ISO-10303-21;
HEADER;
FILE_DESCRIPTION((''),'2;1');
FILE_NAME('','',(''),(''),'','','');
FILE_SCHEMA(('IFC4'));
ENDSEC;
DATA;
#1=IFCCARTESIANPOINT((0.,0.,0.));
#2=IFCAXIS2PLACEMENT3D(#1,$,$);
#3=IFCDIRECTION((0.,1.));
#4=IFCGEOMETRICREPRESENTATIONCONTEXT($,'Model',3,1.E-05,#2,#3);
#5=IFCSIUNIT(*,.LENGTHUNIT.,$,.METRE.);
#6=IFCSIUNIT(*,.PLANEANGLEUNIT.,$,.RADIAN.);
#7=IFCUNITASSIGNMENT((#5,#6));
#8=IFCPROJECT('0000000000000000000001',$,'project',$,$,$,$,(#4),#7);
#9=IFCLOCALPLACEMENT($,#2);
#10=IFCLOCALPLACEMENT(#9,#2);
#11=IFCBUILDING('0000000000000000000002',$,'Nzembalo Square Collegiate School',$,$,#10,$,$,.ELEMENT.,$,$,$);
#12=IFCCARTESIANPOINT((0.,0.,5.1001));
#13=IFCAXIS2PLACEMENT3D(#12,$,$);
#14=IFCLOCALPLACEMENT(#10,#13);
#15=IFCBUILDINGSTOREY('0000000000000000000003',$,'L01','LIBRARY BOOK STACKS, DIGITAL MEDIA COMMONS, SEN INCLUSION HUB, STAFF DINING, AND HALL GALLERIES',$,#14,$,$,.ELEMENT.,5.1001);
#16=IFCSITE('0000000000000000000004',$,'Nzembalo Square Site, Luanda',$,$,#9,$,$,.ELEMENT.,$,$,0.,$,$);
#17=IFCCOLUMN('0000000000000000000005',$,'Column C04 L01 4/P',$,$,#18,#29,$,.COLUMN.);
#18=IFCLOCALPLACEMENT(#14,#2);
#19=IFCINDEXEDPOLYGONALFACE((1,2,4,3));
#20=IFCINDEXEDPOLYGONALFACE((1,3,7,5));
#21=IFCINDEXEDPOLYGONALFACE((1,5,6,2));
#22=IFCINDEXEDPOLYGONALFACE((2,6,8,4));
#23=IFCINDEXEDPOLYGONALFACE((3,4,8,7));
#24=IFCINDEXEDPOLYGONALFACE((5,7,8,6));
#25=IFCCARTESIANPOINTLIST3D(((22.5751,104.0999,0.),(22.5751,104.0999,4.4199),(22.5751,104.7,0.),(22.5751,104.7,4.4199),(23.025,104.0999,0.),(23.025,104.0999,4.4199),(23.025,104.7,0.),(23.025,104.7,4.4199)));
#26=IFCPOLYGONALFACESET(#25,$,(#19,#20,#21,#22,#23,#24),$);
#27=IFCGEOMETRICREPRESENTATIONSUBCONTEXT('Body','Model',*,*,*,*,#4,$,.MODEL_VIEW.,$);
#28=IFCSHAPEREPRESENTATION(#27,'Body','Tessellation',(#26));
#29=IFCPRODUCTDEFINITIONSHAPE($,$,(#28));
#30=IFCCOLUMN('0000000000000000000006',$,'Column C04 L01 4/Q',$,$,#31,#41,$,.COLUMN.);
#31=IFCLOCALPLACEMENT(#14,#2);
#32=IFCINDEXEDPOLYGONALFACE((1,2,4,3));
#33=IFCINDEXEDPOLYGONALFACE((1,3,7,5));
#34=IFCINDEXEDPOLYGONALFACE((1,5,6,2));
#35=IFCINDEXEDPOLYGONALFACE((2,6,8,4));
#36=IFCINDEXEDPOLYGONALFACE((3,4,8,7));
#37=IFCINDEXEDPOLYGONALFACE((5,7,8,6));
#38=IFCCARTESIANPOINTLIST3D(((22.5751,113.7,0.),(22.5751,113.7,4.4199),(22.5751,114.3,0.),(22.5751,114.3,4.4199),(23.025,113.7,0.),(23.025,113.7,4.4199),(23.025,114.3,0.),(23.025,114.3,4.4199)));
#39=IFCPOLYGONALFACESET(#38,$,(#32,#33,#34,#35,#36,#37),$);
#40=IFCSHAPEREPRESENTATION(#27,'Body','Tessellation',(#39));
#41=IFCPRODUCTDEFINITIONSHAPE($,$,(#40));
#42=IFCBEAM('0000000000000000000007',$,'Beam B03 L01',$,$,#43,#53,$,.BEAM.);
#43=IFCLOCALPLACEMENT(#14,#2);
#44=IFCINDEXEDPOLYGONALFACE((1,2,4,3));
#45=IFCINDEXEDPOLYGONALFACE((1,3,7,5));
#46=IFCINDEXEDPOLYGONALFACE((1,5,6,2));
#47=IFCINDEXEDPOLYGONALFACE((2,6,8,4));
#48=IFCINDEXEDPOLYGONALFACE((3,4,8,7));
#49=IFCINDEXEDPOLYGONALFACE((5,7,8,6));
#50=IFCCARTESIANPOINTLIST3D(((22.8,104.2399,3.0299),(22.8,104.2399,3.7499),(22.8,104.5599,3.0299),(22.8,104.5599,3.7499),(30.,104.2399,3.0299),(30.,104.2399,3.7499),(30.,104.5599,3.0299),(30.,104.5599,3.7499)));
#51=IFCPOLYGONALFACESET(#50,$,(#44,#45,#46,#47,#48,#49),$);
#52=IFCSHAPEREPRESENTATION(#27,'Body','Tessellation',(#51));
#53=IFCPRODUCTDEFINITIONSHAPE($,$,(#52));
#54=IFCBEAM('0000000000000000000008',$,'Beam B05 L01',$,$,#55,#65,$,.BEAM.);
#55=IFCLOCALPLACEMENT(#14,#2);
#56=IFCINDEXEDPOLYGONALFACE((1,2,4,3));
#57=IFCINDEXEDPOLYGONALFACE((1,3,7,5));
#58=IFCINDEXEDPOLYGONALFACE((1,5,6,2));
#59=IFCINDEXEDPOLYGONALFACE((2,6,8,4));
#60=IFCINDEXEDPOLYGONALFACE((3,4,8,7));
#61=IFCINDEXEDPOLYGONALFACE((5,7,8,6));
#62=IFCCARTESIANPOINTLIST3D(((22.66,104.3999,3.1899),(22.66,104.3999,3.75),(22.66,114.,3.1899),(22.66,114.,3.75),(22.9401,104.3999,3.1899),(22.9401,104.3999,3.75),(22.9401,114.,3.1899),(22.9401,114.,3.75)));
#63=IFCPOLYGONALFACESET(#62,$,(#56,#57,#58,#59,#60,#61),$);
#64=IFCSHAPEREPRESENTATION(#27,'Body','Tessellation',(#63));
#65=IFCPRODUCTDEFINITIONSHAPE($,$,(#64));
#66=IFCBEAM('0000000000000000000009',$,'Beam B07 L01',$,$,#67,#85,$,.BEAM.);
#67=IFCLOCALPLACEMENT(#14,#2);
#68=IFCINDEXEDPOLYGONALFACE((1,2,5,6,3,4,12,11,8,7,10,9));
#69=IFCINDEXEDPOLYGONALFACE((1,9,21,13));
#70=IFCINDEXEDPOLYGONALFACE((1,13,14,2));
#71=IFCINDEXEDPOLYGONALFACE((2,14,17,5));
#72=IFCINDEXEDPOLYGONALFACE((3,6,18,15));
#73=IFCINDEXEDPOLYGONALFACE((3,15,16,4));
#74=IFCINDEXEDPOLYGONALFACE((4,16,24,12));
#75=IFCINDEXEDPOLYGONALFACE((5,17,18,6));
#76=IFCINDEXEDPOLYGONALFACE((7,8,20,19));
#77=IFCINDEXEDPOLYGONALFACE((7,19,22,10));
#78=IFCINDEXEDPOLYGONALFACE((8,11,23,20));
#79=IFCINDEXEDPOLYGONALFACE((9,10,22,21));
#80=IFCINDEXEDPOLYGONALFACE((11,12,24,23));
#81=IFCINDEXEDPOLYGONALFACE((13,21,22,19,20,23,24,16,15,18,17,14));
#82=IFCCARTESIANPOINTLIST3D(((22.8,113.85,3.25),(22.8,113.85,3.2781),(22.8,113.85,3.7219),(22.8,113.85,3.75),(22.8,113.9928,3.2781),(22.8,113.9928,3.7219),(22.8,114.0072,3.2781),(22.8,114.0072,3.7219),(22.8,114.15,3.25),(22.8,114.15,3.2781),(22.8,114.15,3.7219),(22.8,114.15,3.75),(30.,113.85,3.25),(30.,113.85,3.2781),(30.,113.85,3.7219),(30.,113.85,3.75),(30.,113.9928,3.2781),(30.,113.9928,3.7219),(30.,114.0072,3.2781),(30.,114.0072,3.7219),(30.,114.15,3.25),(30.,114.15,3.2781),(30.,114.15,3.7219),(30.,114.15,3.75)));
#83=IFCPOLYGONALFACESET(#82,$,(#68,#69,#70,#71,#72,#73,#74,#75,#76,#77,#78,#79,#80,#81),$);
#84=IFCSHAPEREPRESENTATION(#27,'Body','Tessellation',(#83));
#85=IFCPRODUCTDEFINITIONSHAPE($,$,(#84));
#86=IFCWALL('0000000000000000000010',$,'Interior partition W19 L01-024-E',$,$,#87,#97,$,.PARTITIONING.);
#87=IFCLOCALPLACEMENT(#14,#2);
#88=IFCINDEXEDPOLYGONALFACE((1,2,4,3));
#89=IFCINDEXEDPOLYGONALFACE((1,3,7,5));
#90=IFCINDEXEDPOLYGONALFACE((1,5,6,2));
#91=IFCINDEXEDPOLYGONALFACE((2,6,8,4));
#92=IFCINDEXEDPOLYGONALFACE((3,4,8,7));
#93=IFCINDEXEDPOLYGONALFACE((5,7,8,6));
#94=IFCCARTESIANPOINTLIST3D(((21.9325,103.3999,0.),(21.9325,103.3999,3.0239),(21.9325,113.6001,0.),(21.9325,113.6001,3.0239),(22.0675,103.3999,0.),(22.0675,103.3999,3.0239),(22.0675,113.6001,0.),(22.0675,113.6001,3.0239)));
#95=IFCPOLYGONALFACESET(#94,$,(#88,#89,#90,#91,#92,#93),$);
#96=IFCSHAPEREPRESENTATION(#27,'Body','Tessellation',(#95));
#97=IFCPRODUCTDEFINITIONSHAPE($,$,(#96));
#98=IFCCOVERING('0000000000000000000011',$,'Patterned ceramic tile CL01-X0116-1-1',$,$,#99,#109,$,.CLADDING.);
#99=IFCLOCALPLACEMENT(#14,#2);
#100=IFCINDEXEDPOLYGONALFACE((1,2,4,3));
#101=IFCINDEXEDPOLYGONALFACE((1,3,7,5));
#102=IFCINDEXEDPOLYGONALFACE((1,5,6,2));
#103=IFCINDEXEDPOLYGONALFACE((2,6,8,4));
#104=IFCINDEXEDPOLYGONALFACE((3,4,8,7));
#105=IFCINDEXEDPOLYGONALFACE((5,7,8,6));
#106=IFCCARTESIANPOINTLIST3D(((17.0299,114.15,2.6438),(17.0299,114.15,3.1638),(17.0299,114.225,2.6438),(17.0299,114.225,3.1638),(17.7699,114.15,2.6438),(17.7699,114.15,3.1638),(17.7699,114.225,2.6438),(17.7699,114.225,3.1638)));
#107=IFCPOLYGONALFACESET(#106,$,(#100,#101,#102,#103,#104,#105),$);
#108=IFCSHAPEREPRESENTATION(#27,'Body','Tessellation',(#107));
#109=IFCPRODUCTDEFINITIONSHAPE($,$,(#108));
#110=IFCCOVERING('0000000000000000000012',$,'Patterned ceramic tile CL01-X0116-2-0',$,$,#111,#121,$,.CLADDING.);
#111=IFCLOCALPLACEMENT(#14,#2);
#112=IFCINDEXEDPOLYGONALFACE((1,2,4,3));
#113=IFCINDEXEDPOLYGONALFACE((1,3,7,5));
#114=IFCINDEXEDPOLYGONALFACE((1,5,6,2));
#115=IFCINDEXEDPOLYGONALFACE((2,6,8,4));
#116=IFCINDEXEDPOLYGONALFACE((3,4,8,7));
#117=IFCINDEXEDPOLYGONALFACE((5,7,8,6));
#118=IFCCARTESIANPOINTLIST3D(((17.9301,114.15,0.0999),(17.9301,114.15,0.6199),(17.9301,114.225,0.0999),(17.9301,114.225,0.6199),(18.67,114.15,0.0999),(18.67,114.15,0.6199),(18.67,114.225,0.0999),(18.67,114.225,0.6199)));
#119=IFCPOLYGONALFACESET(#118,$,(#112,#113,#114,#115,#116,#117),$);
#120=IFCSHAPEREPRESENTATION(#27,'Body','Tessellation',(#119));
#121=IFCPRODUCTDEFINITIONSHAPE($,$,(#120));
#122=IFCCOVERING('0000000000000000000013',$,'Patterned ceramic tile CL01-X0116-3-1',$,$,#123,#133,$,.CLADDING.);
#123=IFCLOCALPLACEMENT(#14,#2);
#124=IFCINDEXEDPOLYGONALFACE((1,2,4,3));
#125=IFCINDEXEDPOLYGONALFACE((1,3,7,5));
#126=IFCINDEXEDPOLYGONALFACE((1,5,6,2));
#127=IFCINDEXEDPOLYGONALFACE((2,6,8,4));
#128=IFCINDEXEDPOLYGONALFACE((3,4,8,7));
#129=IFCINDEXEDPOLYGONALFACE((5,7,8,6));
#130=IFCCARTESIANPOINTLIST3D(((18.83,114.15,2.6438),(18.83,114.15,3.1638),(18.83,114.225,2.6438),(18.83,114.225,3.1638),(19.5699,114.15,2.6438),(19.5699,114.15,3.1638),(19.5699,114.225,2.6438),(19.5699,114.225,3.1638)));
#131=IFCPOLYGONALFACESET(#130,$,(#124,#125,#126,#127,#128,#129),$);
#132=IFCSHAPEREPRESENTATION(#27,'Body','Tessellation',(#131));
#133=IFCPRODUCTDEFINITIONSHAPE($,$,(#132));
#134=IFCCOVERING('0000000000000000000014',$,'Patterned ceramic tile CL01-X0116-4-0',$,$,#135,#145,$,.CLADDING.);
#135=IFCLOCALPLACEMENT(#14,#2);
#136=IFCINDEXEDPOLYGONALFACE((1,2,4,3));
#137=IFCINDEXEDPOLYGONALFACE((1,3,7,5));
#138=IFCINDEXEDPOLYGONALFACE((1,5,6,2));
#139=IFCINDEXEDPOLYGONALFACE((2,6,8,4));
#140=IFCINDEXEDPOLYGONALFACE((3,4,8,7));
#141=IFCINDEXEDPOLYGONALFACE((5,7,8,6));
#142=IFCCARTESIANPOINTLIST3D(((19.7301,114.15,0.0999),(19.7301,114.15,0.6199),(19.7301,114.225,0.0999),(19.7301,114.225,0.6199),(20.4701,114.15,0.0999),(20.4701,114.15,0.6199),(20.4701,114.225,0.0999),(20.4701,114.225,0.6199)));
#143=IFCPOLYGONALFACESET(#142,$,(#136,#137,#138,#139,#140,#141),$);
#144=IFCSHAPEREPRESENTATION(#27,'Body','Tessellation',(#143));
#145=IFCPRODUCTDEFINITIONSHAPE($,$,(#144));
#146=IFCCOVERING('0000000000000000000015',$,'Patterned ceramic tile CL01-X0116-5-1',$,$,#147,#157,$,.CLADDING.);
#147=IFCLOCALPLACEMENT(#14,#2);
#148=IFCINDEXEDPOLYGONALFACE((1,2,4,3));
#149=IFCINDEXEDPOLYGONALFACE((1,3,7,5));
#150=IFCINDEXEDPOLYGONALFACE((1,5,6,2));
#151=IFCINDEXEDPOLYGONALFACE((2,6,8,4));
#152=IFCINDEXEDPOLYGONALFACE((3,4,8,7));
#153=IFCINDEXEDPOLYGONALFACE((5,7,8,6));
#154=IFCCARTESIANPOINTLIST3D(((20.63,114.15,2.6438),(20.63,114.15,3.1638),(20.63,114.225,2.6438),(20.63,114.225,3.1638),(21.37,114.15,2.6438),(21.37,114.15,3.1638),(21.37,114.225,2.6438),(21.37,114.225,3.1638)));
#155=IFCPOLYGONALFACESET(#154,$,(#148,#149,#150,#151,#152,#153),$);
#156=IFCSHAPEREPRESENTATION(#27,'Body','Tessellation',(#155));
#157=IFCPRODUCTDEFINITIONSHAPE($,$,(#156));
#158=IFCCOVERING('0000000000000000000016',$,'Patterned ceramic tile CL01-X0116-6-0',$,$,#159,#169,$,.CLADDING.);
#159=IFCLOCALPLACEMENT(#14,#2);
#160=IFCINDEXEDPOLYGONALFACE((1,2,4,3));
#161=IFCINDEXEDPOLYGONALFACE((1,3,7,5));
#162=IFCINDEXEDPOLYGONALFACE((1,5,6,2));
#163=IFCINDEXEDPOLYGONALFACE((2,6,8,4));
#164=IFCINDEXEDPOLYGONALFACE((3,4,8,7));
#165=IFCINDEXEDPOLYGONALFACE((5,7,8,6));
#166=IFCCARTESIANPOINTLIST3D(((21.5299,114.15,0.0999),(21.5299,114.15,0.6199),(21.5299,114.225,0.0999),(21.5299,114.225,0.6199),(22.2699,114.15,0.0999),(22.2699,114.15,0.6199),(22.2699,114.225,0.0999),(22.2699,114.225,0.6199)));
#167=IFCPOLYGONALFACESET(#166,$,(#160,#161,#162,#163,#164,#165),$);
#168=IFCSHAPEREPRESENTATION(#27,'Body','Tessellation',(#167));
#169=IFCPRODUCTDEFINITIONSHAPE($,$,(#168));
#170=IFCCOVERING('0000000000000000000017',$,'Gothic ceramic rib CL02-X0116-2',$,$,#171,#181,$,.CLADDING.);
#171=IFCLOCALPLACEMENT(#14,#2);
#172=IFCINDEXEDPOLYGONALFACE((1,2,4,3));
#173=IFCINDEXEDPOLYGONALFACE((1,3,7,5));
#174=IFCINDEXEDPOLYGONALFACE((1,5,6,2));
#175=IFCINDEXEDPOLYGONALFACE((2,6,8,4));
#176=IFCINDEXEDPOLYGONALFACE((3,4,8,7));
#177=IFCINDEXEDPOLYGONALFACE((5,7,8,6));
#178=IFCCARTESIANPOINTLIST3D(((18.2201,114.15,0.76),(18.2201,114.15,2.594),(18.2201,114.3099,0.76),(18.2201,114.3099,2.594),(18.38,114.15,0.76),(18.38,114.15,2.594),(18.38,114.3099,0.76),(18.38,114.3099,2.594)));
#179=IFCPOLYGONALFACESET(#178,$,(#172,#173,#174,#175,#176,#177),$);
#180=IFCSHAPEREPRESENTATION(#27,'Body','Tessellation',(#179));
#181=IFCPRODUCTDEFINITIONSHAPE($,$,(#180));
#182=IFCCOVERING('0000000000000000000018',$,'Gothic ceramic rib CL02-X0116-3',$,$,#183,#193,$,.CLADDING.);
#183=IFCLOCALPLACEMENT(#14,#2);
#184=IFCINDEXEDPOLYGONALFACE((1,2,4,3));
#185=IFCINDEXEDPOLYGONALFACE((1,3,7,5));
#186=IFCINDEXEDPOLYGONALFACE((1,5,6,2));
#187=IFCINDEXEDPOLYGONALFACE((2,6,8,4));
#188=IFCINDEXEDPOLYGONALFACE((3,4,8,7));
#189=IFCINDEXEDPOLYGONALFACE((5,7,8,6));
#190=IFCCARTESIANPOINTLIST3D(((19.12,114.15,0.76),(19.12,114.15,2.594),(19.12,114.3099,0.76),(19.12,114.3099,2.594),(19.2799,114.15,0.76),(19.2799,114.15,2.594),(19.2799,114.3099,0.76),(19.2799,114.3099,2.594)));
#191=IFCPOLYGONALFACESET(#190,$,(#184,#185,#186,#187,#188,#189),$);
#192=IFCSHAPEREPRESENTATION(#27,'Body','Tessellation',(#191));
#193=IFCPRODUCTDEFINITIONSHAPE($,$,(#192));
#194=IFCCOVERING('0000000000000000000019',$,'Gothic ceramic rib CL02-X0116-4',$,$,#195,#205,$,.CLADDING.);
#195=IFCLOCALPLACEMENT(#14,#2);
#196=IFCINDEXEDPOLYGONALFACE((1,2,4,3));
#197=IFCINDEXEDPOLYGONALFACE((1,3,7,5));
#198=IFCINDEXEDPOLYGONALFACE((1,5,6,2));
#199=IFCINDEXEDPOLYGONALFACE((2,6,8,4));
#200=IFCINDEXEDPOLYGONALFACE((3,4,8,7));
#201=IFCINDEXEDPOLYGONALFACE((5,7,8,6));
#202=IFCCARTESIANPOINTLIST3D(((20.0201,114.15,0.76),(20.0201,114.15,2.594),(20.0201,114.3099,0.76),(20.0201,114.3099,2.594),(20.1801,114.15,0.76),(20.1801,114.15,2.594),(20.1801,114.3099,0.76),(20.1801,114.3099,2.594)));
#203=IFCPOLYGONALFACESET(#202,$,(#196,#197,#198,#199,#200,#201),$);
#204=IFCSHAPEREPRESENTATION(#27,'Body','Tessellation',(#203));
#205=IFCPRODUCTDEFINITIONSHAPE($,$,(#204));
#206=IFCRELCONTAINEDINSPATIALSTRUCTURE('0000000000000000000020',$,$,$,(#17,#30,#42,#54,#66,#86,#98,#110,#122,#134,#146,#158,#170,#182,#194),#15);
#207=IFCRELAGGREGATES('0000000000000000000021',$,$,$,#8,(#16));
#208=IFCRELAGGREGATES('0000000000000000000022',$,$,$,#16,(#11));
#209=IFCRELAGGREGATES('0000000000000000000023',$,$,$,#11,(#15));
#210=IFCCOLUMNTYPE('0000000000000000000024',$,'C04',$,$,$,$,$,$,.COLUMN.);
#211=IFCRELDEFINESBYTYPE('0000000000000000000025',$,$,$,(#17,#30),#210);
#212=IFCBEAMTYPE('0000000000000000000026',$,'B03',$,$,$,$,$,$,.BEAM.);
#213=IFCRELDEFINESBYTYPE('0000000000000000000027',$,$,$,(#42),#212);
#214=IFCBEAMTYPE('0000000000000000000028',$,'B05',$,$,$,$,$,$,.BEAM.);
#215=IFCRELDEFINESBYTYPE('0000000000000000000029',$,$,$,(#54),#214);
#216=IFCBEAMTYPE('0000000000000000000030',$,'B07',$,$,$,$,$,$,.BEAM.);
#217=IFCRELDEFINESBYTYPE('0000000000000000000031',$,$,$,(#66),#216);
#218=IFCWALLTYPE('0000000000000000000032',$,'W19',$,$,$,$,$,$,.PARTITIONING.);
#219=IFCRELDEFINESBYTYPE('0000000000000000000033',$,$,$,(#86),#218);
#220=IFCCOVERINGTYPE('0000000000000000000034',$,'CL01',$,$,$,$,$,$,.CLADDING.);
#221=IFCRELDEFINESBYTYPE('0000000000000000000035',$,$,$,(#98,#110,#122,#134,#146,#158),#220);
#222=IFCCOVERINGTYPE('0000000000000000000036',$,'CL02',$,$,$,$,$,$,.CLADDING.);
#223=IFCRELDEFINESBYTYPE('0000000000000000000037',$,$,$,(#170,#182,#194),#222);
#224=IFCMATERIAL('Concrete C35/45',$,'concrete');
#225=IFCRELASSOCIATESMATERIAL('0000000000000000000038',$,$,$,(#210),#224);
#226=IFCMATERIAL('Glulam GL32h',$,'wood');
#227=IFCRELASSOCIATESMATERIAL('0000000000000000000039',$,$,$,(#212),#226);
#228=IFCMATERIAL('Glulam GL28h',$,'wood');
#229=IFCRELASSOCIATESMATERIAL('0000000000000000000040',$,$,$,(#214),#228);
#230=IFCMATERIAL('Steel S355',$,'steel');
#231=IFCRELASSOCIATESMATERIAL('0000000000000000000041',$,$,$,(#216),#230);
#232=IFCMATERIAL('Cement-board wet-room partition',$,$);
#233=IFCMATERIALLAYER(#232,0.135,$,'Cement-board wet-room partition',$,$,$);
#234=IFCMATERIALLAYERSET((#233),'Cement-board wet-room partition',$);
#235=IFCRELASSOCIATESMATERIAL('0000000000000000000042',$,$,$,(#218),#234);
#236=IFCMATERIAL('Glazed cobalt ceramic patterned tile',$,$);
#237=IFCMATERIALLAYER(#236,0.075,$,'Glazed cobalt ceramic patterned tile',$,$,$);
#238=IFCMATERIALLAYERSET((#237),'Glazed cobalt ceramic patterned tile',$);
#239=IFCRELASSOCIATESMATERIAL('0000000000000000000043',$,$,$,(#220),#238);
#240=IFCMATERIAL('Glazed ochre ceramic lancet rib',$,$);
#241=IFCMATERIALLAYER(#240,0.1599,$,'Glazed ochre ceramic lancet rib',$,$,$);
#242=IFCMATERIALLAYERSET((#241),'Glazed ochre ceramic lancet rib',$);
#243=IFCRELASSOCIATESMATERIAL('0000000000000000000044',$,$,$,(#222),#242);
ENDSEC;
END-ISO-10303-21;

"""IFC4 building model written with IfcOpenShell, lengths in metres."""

from ifc_helpers import new_model, si_unit, direction, frame, frame_2d, origin, origin_2d, place, context, subcontext, project, spatial, rectangle, i_section, extrude, material, layer, layer_set, material_profile, profile_set, type_object, element, save


model = new_model("IFC4")

# Units and contexts
model_context = context("Model", 3, precision=1e-05, world=origin(), true_north=direction((0.0, 1.0)))
body_context = subcontext(model_context, "Body", "Model", "MODEL_VIEW")
ifc_project = project(units=[si_unit("LENGTHUNIT", "METRE"), si_unit("PLANEANGLEUNIT", "RADIAN")], contexts=[model_context])

# Site, building, storey
site_placement = place(None, origin())
site = spatial("IfcSite", under=ifc_project, at=site_placement, Name="Nzembalo Square Site, Luanda", CompositionType="ELEMENT", RefElevation=0.0)
building_placement = place(site_placement, origin())
building = spatial("IfcBuilding", under=site, at=building_placement, Name="Nzembalo Square Collegiate School", CompositionType="ELEMENT")
storey_placement = place(building_placement, frame((0.0, 0.0, 5.1001)))
storey = spatial("IfcBuildingStorey", under=building, at=storey_placement, Name="L01", Description="LIBRARY BOOK STACKS, DIGITAL MEDIA COMMONS, SEN INCLUSION HUB, STAFF DINING, AND HALL GALLERIES", CompositionType="ELEMENT", Elevation=5.1001)

# Columns
ifc_material_1 = material(Name="Concrete C35/45", Category="concrete")
ifc_material_profile_1 = material_profile(ifc_material_1, rectangle(XDim=0.45, YDim=0.6001, at=origin_2d()), Name="RC 450x600")
ifc_profile_set_1 = profile_set([ifc_material_profile_1], Name="Concrete C35/45")
column_type = type_object("IfcColumnType", Name="C04", PredefinedType="COLUMN", material=ifc_profile_set_1)
for number, where, z_axis, x_axis, name in (
    (1, (22.8, 104.3999, 0.0), (0.0, 0.0, 1.0), (1.0, 0.0, 0.0), "Column C04 L01 4/P"),
    (2, (22.8, 114.0, 0.0), (0.0, 0.0, 1.0), (1.0, 0.0, 0.0), "Column C04 L01 4/Q"),
):
    element("IfcColumn", number, at=place(storey_placement, frame(where, z_axis=z_axis, x_axis=x_axis)), inside=storey, type_object=column_type, Name=name, PredefinedType="COLUMN", context=body_context, shape_type="SweptSolid", body=[
        extrude(rectangle(XDim=0.45, YDim=0.6001, at=origin_2d()), origin(), (0.0, 0.0, 1.0), 4.4199),
    ])

# Beams
ifc_material_2 = material(Name="Glulam GL32h", Category="wood")
ifc_material_profile_2 = material_profile(ifc_material_2, rectangle(XDim=0.3201, YDim=0.72, at=origin_2d()), Name="GL32h 320x720")
ifc_profile_set_2 = profile_set([ifc_material_profile_2], Name="Glulam GL32h")
beam_type_1 = type_object("IfcBeamType", Name="B03", PredefinedType="BEAM", material=ifc_profile_set_2)
beam_1_placement = place(storey_placement, frame((22.8, 104.3999, 3.3899), z_axis=(1.0, 0.0, 0.0), x_axis=(0.0, 1.0, 0.0)))
element("IfcBeam", 3, at=beam_1_placement, inside=storey, type_object=beam_type_1, Name="Beam B03 L01", PredefinedType="BEAM", context=body_context, shape_type="SweptSolid", body=[
    extrude(rectangle(XDim=0.3201, YDim=0.72, at=origin_2d()), origin(), (0.0, 0.0, 1.0), 7.2),
])
ifc_material_3 = material(Name="Glulam GL28h", Category="wood")
ifc_material_profile_3 = material_profile(ifc_material_3, rectangle(XDim=0.28, YDim=0.5601, at=origin_2d()), Name="GL28h 280x560")
ifc_profile_set_3 = profile_set([ifc_material_profile_3], Name="Glulam GL28h")
beam_type_2 = type_object("IfcBeamType", Name="B05", PredefinedType="BEAM", material=ifc_profile_set_3)
beam_2_placement = place(storey_placement, frame((22.8, 104.3999, 3.47), z_axis=(0.0, 1.0, 0.0), x_axis=(-1.0, 0.0, 0.0)))
element("IfcBeam", 4, at=beam_2_placement, inside=storey, type_object=beam_type_2, Name="Beam B05 L01", PredefinedType="BEAM", context=body_context, shape_type="SweptSolid", body=[
    extrude(rectangle(XDim=0.28, YDim=0.5601, at=origin_2d()), origin(), (0.0, 0.0, 1.0), 9.6001),
])
ifc_material_4 = material(Name="Steel S355", Category="steel")
ifc_material_profile_4 = material_profile(ifc_material_4, i_section(OverallWidth=0.3, OverallDepth=0.5, WebThickness=0.0144, FlangeThickness=0.0281, at=origin_2d()), Name="HEB 500")
ifc_profile_set_4 = profile_set([ifc_material_profile_4], Name="Steel S355")
beam_type_3 = type_object("IfcBeamType", Name="B07", PredefinedType="BEAM", material=ifc_profile_set_4)
beam_3_placement = place(storey_placement, frame((22.8, 114.0, 3.5), z_axis=(1.0, 0.0, 0.0), x_axis=(0.0, 1.0, 0.0)))
element("IfcBeam", 5, at=beam_3_placement, inside=storey, type_object=beam_type_3, Name="Beam B07 L01", PredefinedType="BEAM", context=body_context, shape_type="SweptSolid", body=[
    extrude(i_section(OverallWidth=0.3, OverallDepth=0.5, WebThickness=0.0144, FlangeThickness=0.0281, at=origin_2d()), origin(), (0.0, 0.0, 1.0), 7.2),
])

# Wall
ifc_material_5 = material(Name="Cement-board wet-room partition")
ifc_layer_1 = layer(ifc_material_5, 0.135, Name="Cement-board wet-room partition")
ifc_layer_set_1 = layer_set([ifc_layer_1], Name="Cement-board wet-room partition")
wall_type = type_object("IfcWallType", Name="W19", PredefinedType="PARTITIONING", material=ifc_layer_set_1)
wall_placement = place(storey_placement, frame((22.0, 103.3999, 0.0), z_axis=(0.0, 0.0, 1.0), x_axis=(0.0, 1.0, 0.0)))
element("IfcWall", 6, at=wall_placement, inside=storey, type_object=wall_type, Name="Interior partition W19 L01-024-E", PredefinedType="PARTITIONING", context=body_context, shape_type="SweptSolid", body=[
    extrude(rectangle(XDim=10.2002, YDim=0.135, at=frame_2d((5.1001, 0.0))), origin(), (0.0, 0.0, 1.0), 3.0239),
])

# Coverings
ifc_material_6 = material(Name="Glazed cobalt ceramic patterned tile")
ifc_layer_2 = layer(ifc_material_6, 0.075, Name="Glazed cobalt ceramic patterned tile")
ifc_layer_set_2 = layer_set([ifc_layer_2], Name="Glazed cobalt ceramic patterned tile")
covering_type_1 = type_object("IfcCoveringType", Name="CL01", PredefinedType="CLADDING", material=ifc_layer_set_2)
for number, where, z_axis, x_axis, name in (
    (7, (17.3999, 114.1875, 2.6438), (0.0, 0.0, 1.0), (1.0, 0.0, 0.0), "Patterned ceramic tile CL01-X0116-1-1"),
    (8, (18.3, 114.1875, 0.0999), (0.0, 0.0, 1.0), (1.0, 0.0, 0.0), "Patterned ceramic tile CL01-X0116-2-0"),
    (9, (19.2, 114.1875, 2.6438), (0.0, 0.0, 1.0), (1.0, 0.0, 0.0), "Patterned ceramic tile CL01-X0116-3-1"),
    (10, (20.1001, 114.1875, 0.0999), (0.0, 0.0, 1.0), (1.0, 0.0, 0.0), "Patterned ceramic tile CL01-X0116-4-0"),
    (11, (21.0, 114.1875, 2.6438), (0.0, 0.0, 1.0), (1.0, 0.0, 0.0), "Patterned ceramic tile CL01-X0116-5-1"),
    (12, (21.8999, 114.1875, 0.0999), (0.0, 0.0, 1.0), (1.0, 0.0, 0.0), "Patterned ceramic tile CL01-X0116-6-0"),
):
    element("IfcCovering", number, at=place(storey_placement, frame(where, z_axis=z_axis, x_axis=x_axis)), inside=storey, type_object=covering_type_1, Name=name, PredefinedType="CLADDING", context=body_context, shape_type="SweptSolid", body=[
        extrude(rectangle(XDim=0.74, YDim=0.075, at=origin_2d()), origin(), (0.0, 0.0, 1.0), 0.52),
    ])
ifc_material_7 = material(Name="Glazed ochre ceramic lancet rib")
ifc_layer_3 = layer(ifc_material_7, 0.1599, Name="Glazed ochre ceramic lancet rib")
ifc_layer_set_3 = layer_set([ifc_layer_3], Name="Glazed ochre ceramic lancet rib")
covering_type_2 = type_object("IfcCoveringType", Name="CL02", PredefinedType="CLADDING", material=ifc_layer_set_3)
for number, where, z_axis, x_axis, name in (
    (13, (18.3, 114.23, 0.76), (0.0, 0.0, 1.0), (1.0, 0.0, 0.0), "Gothic ceramic rib CL02-X0116-2"),
    (14, (19.2, 114.23, 0.76), (0.0, 0.0, 1.0), (1.0, 0.0, 0.0), "Gothic ceramic rib CL02-X0116-3"),
    (15, (20.1001, 114.23, 0.76), (0.0, 0.0, 1.0), (1.0, 0.0, 0.0), "Gothic ceramic rib CL02-X0116-4"),
):
    element("IfcCovering", number, at=place(storey_placement, frame(where, z_axis=z_axis, x_axis=x_axis)), inside=storey, type_object=covering_type_2, Name=name, PredefinedType="CLADDING", context=body_context, shape_type="SweptSolid", body=[
        extrude(rectangle(XDim=0.1599, YDim=0.1599, at=origin_2d()), origin(), (0.0, 0.0, 1.0), 1.834),
    ])

save(model, "model.ifc")
